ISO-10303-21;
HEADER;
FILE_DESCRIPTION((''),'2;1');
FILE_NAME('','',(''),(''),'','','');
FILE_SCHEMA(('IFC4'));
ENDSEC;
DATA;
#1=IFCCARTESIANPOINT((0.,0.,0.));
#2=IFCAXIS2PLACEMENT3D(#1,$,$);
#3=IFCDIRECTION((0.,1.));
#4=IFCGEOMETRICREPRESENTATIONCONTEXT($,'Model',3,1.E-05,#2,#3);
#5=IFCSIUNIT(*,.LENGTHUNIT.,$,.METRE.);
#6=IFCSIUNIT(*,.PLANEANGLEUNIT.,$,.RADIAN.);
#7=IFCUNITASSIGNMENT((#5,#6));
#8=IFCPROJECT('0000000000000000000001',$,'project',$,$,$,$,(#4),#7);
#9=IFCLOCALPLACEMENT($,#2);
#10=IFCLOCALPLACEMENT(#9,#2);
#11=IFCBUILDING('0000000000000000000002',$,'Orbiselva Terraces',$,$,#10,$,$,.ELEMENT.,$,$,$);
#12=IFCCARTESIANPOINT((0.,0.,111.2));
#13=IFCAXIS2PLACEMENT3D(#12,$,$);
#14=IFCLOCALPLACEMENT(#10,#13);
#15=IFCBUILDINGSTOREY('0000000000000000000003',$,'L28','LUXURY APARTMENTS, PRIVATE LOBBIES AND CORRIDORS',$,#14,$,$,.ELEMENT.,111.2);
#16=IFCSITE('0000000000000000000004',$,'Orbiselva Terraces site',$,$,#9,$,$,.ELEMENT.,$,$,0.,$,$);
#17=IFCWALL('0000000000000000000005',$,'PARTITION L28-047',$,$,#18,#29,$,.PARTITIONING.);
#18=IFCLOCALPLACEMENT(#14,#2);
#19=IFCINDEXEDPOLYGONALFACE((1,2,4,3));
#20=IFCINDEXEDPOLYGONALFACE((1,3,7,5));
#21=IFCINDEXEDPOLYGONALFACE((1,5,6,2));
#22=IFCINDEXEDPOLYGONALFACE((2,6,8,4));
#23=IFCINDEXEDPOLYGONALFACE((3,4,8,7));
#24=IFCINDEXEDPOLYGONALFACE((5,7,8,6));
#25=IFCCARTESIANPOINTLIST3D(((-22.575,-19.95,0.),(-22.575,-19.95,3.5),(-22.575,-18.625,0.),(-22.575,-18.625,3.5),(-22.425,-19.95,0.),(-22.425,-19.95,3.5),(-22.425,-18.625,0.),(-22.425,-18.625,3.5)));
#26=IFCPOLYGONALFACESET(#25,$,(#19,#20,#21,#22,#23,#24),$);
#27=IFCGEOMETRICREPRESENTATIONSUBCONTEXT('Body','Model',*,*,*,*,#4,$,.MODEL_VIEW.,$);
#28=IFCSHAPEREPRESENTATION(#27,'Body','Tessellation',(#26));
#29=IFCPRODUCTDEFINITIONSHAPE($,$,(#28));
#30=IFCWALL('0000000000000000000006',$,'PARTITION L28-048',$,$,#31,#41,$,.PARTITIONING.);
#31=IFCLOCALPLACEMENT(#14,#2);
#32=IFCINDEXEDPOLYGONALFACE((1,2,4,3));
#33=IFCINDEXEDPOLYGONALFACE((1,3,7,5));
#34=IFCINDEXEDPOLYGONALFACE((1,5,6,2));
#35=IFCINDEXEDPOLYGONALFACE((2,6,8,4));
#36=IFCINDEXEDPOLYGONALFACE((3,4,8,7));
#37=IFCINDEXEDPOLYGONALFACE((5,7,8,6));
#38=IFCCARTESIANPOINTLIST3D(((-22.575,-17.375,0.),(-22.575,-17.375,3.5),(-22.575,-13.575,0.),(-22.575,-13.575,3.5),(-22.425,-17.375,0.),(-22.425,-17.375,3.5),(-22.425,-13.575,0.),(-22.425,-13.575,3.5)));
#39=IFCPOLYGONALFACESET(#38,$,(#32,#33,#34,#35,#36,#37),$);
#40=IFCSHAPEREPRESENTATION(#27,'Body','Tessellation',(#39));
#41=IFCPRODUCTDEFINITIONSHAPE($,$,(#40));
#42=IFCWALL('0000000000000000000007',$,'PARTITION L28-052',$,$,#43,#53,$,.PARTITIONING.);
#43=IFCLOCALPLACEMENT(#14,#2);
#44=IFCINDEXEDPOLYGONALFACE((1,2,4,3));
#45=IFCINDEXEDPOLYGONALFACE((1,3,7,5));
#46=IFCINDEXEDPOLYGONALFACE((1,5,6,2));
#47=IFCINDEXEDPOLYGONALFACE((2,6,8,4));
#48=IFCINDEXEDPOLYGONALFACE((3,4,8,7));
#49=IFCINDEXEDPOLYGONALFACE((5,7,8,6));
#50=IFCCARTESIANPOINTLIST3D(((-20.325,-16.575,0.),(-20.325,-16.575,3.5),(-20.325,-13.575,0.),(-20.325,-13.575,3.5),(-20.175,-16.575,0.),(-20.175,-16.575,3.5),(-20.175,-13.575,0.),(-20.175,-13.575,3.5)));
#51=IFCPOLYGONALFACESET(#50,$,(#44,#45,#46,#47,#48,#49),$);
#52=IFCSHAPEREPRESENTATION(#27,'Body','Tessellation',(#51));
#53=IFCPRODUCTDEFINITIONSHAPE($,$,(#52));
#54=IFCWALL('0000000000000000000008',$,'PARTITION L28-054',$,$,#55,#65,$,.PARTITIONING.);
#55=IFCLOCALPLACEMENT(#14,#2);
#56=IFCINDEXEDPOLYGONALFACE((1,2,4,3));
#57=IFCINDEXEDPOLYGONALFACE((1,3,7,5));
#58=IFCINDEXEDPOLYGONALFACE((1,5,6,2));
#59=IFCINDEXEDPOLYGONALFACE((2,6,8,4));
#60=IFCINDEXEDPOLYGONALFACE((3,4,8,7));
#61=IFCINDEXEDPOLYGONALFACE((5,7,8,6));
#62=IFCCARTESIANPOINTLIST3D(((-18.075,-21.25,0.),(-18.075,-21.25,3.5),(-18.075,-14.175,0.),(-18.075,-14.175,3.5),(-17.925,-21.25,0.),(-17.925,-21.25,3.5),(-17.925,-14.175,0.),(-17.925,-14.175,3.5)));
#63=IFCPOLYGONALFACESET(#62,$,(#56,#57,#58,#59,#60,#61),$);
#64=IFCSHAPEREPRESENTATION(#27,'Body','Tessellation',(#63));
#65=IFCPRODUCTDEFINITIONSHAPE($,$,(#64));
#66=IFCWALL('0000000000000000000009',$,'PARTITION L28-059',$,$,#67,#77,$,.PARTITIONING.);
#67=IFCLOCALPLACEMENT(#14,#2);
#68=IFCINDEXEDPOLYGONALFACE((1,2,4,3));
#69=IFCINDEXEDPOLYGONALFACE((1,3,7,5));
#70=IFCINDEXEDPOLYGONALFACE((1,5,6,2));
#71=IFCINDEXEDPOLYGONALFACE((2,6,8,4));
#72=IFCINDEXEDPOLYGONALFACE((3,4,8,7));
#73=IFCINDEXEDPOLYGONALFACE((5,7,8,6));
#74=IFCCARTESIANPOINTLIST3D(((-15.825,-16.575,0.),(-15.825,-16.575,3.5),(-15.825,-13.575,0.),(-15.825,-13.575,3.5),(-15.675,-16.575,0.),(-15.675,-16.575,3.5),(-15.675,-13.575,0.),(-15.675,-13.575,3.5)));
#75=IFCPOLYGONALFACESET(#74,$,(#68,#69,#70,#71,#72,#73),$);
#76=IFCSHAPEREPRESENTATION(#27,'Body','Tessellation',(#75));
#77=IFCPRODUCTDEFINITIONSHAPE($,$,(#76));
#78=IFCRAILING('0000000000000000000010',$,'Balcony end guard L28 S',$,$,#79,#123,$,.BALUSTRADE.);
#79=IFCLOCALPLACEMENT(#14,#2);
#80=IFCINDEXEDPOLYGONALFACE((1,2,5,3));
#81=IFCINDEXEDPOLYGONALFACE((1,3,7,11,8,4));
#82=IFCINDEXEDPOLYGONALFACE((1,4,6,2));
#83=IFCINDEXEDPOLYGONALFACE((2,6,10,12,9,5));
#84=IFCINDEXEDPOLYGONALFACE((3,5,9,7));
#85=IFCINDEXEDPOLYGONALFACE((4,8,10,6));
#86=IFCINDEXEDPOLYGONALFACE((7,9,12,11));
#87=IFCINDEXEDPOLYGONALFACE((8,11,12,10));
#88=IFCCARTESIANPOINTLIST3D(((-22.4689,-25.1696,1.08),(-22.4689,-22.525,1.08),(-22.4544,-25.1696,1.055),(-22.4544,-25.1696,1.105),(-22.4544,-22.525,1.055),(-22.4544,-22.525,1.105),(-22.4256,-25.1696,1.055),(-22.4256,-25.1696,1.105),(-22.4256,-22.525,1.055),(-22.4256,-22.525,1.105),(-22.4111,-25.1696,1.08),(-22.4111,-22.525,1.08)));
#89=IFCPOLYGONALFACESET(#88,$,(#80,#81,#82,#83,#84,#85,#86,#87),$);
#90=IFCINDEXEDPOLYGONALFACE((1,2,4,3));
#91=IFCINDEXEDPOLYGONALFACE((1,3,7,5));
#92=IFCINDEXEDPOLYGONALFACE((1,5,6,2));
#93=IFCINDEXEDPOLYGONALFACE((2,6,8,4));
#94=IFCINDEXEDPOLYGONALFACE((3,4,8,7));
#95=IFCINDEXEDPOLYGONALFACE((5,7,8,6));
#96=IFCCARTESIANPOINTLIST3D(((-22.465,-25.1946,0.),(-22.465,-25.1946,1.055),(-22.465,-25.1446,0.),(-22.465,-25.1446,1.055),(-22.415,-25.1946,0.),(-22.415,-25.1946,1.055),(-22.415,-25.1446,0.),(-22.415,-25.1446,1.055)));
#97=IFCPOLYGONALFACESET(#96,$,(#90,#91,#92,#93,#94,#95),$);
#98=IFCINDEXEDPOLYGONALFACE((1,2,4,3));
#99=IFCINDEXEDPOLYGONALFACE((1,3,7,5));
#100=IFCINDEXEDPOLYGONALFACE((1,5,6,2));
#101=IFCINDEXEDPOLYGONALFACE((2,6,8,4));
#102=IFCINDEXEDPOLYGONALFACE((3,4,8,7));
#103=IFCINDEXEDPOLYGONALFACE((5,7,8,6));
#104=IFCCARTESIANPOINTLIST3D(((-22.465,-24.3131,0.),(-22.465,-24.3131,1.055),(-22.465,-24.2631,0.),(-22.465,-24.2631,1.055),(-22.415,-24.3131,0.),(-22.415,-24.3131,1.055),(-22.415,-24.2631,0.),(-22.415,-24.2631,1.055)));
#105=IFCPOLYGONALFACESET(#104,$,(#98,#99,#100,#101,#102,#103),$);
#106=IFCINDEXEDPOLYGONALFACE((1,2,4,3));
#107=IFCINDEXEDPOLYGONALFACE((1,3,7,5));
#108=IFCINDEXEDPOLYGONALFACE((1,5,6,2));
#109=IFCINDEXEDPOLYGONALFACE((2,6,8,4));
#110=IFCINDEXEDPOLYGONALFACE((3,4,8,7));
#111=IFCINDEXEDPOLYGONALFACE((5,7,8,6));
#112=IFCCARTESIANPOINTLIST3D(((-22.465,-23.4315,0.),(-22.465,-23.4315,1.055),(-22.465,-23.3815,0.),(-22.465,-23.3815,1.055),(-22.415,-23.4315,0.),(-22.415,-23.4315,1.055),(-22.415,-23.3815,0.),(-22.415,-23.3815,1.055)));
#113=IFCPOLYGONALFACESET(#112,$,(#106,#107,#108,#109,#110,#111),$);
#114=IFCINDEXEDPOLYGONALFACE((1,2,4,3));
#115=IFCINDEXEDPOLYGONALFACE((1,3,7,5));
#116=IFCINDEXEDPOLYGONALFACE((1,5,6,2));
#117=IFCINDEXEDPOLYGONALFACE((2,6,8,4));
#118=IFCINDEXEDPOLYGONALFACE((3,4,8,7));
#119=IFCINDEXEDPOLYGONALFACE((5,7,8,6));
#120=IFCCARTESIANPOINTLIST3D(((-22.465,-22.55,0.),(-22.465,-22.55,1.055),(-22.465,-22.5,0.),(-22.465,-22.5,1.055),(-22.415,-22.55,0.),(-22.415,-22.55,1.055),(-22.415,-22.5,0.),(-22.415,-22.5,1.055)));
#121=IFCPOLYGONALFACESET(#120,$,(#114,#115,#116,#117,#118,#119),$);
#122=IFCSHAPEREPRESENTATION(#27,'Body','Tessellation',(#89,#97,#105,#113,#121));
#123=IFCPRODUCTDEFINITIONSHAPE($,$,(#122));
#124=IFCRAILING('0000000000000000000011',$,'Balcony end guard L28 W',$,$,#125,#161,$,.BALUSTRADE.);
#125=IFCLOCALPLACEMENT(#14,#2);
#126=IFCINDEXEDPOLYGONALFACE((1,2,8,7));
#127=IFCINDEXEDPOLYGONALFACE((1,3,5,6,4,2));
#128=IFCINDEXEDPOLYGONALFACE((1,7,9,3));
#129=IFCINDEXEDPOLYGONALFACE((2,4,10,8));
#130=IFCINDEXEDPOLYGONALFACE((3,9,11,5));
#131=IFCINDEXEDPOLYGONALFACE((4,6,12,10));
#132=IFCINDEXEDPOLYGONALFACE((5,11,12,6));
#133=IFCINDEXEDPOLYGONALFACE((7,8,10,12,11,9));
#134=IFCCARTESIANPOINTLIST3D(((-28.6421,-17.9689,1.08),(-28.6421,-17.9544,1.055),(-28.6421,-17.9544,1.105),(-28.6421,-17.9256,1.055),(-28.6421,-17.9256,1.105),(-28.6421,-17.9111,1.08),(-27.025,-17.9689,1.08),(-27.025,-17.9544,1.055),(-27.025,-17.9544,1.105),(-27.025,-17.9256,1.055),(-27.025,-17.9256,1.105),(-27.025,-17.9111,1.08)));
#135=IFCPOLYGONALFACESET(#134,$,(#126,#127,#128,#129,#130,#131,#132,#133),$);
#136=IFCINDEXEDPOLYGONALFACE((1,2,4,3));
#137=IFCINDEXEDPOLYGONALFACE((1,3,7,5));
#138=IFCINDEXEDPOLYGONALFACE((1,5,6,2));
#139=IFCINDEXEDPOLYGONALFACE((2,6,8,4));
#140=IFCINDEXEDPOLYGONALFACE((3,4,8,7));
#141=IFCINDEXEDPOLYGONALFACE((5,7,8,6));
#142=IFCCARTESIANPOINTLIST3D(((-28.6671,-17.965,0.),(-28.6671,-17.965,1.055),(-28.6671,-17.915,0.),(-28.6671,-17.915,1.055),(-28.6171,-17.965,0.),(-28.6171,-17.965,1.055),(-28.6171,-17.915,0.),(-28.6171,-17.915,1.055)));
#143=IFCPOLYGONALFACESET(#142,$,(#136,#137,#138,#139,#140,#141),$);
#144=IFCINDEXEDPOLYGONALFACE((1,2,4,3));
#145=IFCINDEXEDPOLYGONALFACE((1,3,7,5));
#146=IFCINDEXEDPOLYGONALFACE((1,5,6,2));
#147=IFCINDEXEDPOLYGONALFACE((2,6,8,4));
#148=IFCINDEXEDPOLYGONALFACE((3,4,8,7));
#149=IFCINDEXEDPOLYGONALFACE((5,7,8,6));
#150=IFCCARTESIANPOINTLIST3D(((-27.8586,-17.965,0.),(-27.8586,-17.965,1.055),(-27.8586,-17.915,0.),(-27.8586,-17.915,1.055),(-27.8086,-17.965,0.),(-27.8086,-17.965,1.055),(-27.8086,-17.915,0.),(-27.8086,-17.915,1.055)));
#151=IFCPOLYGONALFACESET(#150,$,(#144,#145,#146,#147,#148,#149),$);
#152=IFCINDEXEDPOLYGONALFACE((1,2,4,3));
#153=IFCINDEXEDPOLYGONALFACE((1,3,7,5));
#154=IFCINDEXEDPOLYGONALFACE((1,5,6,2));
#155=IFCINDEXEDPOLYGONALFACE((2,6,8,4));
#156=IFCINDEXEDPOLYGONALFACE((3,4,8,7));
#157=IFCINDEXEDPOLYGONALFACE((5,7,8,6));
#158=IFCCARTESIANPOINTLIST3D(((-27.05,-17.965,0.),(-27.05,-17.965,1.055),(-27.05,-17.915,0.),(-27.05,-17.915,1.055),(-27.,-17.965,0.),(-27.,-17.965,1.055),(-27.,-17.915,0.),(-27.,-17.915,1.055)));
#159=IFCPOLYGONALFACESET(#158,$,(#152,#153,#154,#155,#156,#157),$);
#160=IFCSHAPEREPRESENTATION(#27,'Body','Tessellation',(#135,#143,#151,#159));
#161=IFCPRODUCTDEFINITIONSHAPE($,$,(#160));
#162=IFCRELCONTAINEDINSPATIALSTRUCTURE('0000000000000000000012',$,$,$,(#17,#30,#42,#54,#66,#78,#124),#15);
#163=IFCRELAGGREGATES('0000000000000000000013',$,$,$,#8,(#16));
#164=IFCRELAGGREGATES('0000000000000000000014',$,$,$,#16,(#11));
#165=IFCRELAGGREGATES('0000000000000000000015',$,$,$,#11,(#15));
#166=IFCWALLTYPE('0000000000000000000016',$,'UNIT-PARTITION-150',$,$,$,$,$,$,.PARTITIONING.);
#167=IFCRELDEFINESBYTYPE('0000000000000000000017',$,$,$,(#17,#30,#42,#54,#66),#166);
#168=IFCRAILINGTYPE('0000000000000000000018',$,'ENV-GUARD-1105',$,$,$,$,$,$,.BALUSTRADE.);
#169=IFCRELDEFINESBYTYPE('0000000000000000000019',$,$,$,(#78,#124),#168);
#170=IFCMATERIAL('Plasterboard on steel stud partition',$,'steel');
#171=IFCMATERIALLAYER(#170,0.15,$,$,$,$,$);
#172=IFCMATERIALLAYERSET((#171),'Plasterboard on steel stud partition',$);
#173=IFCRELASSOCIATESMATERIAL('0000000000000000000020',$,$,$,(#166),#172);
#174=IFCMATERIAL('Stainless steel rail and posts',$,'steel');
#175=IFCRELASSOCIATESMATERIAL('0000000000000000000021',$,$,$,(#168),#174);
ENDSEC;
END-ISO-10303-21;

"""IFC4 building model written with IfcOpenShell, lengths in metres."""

from ifc_helpers import new_model, si_unit, direction, frame, frame_2d, origin, origin_2d, place, context, subcontext, project, spatial, polyline, rectangle, outline, extrude, material, layer, layer_set, type_object, element, save


model = new_model("IFC4")

# Units and contexts
model_context = context("Model", 3, precision=1e-05, world=origin(), true_north=direction((0.0, 1.0)))
body_context = subcontext(model_context, "Body", "Model", "MODEL_VIEW")
ifc_project = project(units=[si_unit("LENGTHUNIT", "METRE"), si_unit("PLANEANGLEUNIT", "RADIAN")], contexts=[model_context])

# Site, building, storey
site_placement = place(None, origin())
site = spatial("IfcSite", under=ifc_project, at=site_placement, Name="Orbiselva Terraces site", CompositionType="ELEMENT", RefElevation=0.0)
building_placement = place(site_placement, origin())
building = spatial("IfcBuilding", under=site, at=building_placement, Name="Orbiselva Terraces", CompositionType="ELEMENT")
storey_placement = place(building_placement, frame((0.0, 0.0, 111.2)))
storey = spatial("IfcBuildingStorey", under=building, at=storey_placement, Name="L28", Description="LUXURY APARTMENTS, PRIVATE LOBBIES AND CORRIDORS", CompositionType="ELEMENT", Elevation=111.2)

# Shared definitions
ifc_material_1 = material(Name="Plasterboard on steel stud partition", Category="steel")
ifc_layer_1 = layer(ifc_material_1, 0.15)
ifc_layer_set_1 = layer_set([ifc_layer_1], Name="Plasterboard on steel stud partition")
wall_type_1 = type_object("IfcWallType", Name="UNIT-PARTITION-150", PredefinedType="PARTITIONING", material=ifc_layer_set_1)

# Walls
wall_1_placement = place(storey_placement, frame((-22.5, -19.95, 0.0), z_axis=(0.0, 0.0, 1.0), x_axis=(0.0, 1.0, 0.0)))
element("IfcWall", 1, at=wall_1_placement, inside=storey, type_object=wall_type_1, Name="PARTITION L28-047", PredefinedType="PARTITIONING", context=body_context, shape_type="SweptSolid", body=[
    extrude(rectangle(XDim=1.325, YDim=0.15, at=frame_2d((0.6625, 0.0))), origin(), (0.0, 0.0, 1.0), 3.5),
])
wall_2_placement = place(storey_placement, frame((-22.5, -17.375, 0.0), z_axis=(0.0, 0.0, 1.0), x_axis=(0.0, 1.0, 0.0)))
element("IfcWall", 2, at=wall_2_placement, inside=storey, type_object=wall_type_1, Name="PARTITION L28-048", PredefinedType="PARTITIONING", context=body_context, shape_type="SweptSolid", body=[
    extrude(rectangle(XDim=3.8, YDim=0.15, at=frame_2d((1.9, 0.0))), origin(), (0.0, 0.0, 1.0), 3.5),
])
wall_3_placement = place(storey_placement, frame((-20.25, -16.575, 0.0), z_axis=(0.0, 0.0, 1.0), x_axis=(0.0, 1.0, 0.0)))
element("IfcWall", 3, at=wall_3_placement, inside=storey, type_object=wall_type_1, Name="PARTITION L28-052", PredefinedType="PARTITIONING", context=body_context, shape_type="SweptSolid", body=[
    extrude(rectangle(XDim=3.0, YDim=0.15, at=frame_2d((1.5, 0.0))), origin(), (0.0, 0.0, 1.0), 3.5),
])
wall_4_placement = place(storey_placement, frame((-18.0, -21.25, 0.0), z_axis=(0.0, 0.0, 1.0), x_axis=(0.0, 1.0, 0.0)))
element("IfcWall", 4, at=wall_4_placement, inside=storey, type_object=wall_type_1, Name="PARTITION L28-054", PredefinedType="PARTITIONING", context=body_context, shape_type="SweptSolid", body=[
    extrude(rectangle(XDim=7.075, YDim=0.15, at=frame_2d((3.5375, 0.0))), origin(), (0.0, 0.0, 1.0), 3.5),
])
wall_5_placement = place(storey_placement, frame((-15.75, -16.575, 0.0), z_axis=(0.0, 0.0, 1.0), x_axis=(0.0, 1.0, 0.0)))
element("IfcWall", 5, at=wall_5_placement, inside=storey, type_object=wall_type_1, Name="PARTITION L28-059", PredefinedType="PARTITIONING", context=body_context, shape_type="SweptSolid", body=[
    extrude(rectangle(XDim=3.0, YDim=0.15, at=frame_2d((1.5, 0.0))), origin(), (0.0, 0.0, 1.0), 3.5),
])

# Railings
ifc_material_2 = material(Name="Stainless steel rail and posts", Category="steel")
railing_type_1 = type_object("IfcRailingType", Name="ENV-GUARD-1105", PredefinedType="BALUSTRADE", material=ifc_material_2)
railing_1_placement = place(storey_placement, frame((-22.44, -25.1696, 0.0)))
element("IfcRailing", 6, at=railing_1_placement, inside=storey, type_object=railing_type_1, Name="Balcony end guard L28 S", PredefinedType="BALUSTRADE", context=body_context, shape_type="SweptSolid", body=[
    extrude(outline(polyline([(0.0289, 0.0), (0.0144, 0.025), (-0.0144, 0.025), (-0.0289, 0.0), (-0.0144, -0.025), (0.0144, -0.025), (0.0289, 0.0)])), frame((0.0, 0.0, 1.08), z_axis=(0.0, 1.0, 0.0), x_axis=(-1.0, 0.0, 0.0)), (0.0, 0.0, 1.0), 2.6446),
    extrude(rectangle(XDim=0.05, YDim=0.05, at=origin_2d()), origin(), (0.0, 0.0, 1.0), 1.055),
    extrude(rectangle(XDim=0.05, YDim=0.05, at=origin_2d()), frame((0.0, 0.8815, 0.0)), (0.0, 0.0, 1.0), 1.055),
    extrude(rectangle(XDim=0.05, YDim=0.05, at=origin_2d()), frame((0.0, 1.7631, 0.0)), (0.0, 0.0, 1.0), 1.055),
    extrude(rectangle(XDim=0.05, YDim=0.05, at=origin_2d()), frame((0.0, 2.6446, 0.0)), (0.0, 0.0, 1.0), 1.055),
])
railing_2_placement = place(storey_placement, frame((-28.6421, -17.94, 0.0)))
element("IfcRailing", 7, at=railing_2_placement, inside=storey, type_object=railing_type_1, Name="Balcony end guard L28 W", PredefinedType="BALUSTRADE", context=body_context, shape_type="SweptSolid", body=[
    extrude(outline(polyline([(0.0289, 0.0), (0.0144, 0.025), (-0.0144, 0.025), (-0.0289, 0.0), (-0.0144, -0.025), (0.0144, -0.025), (0.0289, 0.0)])), frame((0.0, 0.0, 1.08), z_axis=(1.0, 0.0, 0.0), x_axis=(0.0, 1.0, 0.0)), (0.0, 0.0, 1.0), 1.6171),
    extrude(rectangle(XDim=0.05, YDim=0.05, at=origin_2d()), origin(), (0.0, 0.0, 1.0), 1.055),
    extrude(rectangle(XDim=0.05, YDim=0.05, at=origin_2d()), frame((0.8086, 0.0, 0.0)), (0.0, 0.0, 1.0), 1.055),
    extrude(rectangle(XDim=0.05, YDim=0.05, at=origin_2d()), frame((1.6171, 0.0, 0.0)), (0.0, 0.0, 1.0), 1.055),
])

save(model, "model.ifc")
